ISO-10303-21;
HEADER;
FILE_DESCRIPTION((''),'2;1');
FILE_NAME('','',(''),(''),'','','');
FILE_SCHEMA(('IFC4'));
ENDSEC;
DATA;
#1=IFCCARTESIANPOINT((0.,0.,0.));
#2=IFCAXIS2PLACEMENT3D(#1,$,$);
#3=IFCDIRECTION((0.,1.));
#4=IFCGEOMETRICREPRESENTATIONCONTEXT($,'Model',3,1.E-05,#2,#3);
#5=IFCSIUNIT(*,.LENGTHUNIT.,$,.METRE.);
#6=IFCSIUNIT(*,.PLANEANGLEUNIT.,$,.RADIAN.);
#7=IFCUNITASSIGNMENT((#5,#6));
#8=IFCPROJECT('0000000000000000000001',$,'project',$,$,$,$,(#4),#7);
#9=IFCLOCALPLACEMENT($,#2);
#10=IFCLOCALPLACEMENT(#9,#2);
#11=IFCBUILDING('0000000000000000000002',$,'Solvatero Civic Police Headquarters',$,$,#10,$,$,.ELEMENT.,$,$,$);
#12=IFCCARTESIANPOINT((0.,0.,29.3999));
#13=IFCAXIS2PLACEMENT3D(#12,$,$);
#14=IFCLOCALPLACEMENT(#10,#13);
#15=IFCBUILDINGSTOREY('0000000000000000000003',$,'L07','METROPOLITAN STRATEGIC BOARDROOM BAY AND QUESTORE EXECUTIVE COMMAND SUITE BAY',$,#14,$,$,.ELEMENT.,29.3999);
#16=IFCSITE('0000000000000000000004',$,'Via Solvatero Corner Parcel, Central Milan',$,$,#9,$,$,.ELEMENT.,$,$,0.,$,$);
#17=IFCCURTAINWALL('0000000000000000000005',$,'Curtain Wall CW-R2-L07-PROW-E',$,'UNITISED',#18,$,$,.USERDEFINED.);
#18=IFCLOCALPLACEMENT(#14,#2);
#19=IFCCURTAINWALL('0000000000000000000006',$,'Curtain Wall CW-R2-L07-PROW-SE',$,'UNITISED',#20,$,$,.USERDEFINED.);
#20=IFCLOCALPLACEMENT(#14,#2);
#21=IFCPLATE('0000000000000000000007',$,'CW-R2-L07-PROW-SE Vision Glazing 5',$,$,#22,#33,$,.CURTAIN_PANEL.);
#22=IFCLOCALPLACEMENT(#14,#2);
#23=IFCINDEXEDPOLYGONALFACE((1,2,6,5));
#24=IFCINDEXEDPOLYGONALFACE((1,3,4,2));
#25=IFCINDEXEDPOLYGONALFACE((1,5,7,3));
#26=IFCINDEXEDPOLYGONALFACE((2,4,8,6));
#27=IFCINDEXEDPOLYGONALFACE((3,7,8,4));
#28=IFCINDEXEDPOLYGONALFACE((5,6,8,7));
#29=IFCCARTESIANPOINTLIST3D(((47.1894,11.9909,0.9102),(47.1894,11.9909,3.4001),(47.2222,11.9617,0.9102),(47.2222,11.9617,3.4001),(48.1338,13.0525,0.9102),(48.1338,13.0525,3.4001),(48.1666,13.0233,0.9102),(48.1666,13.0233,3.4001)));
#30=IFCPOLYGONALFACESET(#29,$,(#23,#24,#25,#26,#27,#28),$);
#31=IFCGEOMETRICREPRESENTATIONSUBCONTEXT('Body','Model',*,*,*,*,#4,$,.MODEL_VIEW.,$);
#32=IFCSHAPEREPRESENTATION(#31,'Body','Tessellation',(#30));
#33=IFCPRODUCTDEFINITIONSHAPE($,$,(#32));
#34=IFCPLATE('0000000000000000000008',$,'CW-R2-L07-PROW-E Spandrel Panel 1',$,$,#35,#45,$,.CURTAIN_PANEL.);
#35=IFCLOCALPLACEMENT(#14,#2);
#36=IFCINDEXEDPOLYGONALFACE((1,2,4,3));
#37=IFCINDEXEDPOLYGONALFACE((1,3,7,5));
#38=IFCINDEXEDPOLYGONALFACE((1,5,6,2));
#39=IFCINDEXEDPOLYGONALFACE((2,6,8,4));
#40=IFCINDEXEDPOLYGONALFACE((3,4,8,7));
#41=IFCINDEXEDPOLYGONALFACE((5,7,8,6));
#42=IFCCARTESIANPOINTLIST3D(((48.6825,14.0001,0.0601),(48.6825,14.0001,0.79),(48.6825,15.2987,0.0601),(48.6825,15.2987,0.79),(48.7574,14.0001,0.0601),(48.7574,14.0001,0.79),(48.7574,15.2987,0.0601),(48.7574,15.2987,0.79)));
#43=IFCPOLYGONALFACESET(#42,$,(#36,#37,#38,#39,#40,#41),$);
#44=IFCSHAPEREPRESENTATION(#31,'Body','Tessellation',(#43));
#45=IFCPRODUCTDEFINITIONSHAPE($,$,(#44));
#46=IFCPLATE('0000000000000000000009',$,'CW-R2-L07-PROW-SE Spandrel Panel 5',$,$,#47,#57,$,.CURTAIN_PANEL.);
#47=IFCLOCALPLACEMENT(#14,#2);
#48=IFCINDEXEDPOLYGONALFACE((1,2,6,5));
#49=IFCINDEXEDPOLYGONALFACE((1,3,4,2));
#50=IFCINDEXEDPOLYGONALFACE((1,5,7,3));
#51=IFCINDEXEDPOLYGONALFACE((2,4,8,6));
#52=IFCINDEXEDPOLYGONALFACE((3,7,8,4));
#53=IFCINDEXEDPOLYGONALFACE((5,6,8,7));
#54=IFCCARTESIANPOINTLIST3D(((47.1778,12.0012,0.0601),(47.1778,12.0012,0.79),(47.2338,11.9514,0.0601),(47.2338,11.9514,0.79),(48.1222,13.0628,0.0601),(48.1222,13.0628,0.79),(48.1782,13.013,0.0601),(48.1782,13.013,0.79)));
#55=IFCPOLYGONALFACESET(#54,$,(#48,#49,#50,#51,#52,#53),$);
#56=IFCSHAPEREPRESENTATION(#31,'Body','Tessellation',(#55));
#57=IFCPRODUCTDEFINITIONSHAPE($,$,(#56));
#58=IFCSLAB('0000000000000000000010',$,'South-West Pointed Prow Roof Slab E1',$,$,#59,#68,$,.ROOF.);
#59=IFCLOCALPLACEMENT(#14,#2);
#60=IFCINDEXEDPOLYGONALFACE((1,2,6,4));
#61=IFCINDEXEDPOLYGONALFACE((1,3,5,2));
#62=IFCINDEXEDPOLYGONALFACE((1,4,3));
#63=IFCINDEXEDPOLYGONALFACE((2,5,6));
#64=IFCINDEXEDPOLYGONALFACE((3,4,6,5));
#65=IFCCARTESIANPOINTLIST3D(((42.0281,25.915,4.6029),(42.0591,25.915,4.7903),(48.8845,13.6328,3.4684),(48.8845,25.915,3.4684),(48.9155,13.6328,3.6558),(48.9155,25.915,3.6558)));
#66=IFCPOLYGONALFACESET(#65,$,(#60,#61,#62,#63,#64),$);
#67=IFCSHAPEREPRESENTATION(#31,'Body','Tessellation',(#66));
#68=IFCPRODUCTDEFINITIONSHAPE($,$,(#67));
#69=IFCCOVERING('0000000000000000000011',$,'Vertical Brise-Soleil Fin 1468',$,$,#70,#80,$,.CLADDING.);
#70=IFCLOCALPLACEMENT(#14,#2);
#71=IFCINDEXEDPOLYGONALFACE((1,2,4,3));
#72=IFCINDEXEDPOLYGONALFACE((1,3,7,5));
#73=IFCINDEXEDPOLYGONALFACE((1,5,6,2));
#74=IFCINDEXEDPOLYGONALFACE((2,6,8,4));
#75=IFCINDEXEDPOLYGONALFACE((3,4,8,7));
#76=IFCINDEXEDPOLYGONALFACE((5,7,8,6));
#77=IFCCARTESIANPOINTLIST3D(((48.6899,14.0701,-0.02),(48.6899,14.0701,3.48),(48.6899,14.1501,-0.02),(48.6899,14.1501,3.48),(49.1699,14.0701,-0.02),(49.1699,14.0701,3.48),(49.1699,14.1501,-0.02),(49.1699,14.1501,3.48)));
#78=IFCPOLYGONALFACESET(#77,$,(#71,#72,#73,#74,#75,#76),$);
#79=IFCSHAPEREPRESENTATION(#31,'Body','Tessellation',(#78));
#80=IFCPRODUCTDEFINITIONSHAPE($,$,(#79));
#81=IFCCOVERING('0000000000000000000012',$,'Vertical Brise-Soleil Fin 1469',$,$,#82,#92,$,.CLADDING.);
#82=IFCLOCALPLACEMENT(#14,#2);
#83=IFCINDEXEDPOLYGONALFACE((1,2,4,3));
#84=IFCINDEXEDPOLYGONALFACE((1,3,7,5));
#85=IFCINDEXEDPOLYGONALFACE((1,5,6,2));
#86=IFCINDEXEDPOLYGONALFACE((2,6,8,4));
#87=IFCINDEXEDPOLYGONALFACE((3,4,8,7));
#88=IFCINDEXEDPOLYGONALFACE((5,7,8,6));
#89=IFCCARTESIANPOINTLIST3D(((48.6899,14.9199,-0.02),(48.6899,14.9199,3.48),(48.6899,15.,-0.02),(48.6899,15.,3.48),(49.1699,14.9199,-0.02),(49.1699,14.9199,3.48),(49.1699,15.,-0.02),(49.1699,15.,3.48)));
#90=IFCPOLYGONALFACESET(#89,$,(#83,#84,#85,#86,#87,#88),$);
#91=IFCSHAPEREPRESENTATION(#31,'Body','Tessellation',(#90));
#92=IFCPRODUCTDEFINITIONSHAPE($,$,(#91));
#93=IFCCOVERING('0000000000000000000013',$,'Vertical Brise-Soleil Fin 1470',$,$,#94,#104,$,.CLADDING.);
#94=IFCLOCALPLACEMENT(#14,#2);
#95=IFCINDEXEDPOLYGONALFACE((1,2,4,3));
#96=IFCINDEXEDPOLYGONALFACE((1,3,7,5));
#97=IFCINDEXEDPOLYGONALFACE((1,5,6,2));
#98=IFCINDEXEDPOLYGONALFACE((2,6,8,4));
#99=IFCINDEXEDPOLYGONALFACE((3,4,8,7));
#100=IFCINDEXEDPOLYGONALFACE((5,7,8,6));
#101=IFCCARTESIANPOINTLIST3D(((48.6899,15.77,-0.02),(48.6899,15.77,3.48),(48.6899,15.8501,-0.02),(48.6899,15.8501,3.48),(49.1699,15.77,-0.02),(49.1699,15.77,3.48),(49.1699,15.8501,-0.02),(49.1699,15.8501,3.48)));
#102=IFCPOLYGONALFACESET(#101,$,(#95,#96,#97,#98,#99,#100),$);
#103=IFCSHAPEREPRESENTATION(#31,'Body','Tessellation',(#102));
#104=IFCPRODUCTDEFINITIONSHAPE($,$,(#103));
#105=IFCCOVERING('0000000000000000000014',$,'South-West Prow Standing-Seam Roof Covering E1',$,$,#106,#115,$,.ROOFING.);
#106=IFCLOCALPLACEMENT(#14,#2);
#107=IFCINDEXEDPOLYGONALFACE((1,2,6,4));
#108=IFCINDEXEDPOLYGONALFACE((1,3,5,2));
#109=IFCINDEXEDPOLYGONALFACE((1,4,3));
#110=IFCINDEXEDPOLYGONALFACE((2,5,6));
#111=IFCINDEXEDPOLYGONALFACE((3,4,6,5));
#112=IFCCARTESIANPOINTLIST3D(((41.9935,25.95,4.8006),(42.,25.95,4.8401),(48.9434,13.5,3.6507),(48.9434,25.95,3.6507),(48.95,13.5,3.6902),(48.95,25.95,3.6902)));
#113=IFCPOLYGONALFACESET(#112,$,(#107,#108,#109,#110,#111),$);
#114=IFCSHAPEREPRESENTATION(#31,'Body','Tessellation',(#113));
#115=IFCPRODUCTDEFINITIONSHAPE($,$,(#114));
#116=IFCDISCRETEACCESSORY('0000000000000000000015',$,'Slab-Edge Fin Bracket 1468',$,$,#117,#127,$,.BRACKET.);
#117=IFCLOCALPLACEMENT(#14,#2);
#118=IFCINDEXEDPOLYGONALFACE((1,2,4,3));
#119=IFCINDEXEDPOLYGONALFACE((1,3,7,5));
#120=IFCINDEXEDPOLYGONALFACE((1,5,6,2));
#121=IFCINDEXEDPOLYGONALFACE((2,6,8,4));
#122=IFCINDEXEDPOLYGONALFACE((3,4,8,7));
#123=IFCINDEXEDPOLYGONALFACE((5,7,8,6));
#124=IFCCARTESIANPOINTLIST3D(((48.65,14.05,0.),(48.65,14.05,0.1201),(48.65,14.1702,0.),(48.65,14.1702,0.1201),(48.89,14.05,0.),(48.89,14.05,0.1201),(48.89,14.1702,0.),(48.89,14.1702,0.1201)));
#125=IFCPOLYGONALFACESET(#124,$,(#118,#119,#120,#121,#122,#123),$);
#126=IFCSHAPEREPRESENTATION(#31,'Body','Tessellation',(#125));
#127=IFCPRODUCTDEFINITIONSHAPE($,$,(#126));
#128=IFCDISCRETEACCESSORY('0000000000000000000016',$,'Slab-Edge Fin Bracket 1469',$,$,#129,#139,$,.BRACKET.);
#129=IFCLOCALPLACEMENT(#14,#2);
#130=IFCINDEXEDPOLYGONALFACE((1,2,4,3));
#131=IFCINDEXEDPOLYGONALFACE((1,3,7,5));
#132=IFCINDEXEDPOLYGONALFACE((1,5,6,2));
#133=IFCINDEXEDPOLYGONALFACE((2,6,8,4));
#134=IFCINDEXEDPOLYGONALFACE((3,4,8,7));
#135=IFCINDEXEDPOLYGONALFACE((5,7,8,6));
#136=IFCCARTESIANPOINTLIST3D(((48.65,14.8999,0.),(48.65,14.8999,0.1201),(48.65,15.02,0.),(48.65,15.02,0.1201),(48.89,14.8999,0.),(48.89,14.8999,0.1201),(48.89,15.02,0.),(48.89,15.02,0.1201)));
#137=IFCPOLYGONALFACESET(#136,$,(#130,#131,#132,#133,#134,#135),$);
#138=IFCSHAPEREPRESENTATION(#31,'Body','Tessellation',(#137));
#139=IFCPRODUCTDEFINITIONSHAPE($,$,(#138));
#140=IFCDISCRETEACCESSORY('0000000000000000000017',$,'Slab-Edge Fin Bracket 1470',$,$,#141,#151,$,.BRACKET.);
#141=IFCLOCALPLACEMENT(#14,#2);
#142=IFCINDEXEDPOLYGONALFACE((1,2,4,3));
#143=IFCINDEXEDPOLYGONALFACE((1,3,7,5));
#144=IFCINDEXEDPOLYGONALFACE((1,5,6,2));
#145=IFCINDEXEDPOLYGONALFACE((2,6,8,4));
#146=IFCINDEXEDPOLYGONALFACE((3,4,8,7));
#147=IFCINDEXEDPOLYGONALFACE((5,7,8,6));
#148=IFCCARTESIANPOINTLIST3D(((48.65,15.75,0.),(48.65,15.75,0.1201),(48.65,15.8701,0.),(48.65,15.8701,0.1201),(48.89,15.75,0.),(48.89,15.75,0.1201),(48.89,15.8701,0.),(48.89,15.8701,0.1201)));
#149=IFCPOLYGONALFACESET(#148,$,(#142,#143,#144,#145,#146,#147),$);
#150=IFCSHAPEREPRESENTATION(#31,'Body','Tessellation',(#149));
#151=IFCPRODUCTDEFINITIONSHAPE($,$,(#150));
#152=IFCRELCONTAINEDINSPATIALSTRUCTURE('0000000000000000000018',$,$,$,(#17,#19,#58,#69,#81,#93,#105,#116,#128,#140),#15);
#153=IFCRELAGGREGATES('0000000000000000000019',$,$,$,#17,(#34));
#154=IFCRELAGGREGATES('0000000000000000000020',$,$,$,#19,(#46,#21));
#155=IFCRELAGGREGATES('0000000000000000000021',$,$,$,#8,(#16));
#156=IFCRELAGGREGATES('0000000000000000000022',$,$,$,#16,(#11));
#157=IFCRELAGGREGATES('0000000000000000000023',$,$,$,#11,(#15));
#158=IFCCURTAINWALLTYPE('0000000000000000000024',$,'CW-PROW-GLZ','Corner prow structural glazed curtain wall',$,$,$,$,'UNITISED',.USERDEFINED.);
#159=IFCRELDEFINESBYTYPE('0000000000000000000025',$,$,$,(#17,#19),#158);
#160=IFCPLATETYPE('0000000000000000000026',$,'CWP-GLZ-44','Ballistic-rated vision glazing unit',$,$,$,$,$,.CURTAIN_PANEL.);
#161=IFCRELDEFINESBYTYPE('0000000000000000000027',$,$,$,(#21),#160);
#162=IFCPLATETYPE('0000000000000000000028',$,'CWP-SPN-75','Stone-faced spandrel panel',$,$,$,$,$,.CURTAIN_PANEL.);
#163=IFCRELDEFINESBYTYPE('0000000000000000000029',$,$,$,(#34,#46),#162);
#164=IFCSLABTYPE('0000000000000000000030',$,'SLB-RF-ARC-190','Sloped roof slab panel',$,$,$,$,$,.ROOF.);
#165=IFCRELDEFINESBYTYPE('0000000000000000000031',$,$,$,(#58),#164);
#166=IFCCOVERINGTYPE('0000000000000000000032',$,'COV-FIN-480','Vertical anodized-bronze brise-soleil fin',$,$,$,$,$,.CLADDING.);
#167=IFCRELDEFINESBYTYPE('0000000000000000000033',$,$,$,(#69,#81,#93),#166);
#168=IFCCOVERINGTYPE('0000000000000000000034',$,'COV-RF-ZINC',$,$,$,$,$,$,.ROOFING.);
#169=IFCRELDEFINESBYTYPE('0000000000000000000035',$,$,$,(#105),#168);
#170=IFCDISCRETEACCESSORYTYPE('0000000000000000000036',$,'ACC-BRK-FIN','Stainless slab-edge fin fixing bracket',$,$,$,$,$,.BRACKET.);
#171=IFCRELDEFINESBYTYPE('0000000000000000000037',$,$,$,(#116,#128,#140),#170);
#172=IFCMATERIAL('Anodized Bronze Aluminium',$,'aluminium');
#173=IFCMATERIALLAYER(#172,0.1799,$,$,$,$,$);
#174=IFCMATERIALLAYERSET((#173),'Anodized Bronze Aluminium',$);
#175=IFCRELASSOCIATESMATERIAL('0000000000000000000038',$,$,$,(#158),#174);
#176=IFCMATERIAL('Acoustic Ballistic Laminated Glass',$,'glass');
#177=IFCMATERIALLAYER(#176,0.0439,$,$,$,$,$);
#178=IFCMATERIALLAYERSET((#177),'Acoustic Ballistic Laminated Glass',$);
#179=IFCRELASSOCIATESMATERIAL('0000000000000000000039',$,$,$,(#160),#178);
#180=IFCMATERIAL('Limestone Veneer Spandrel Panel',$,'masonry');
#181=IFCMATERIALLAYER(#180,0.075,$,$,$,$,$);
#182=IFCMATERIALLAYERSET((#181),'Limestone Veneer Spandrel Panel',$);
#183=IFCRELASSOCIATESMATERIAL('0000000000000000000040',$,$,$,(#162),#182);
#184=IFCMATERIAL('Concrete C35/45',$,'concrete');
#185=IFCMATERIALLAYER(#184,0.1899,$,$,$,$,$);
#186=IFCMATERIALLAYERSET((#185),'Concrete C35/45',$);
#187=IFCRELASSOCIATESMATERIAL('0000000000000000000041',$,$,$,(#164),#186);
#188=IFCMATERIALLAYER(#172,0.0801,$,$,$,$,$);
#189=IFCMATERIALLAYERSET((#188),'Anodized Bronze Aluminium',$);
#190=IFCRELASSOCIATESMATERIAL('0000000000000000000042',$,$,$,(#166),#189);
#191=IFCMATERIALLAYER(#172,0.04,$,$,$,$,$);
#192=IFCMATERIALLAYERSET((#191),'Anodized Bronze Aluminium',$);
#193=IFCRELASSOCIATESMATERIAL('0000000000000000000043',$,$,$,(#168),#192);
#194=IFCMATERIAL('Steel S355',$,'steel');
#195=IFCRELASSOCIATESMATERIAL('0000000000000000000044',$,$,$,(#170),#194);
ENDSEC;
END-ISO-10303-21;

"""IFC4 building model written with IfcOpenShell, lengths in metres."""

from ifc_helpers import new_model, si_unit, direction, frame, origin, origin_2d, place, context, subcontext, project, spatial, polyline, rectangle, outline, extrude, material, layer, layer_set, type_object, element, aggregate, save


model = new_model("IFC4")

# Units and contexts
model_context = context("Model", 3, precision=1e-05, world=origin(), true_north=direction((0.0, 1.0)))
body_context = subcontext(model_context, "Body", "Model", "MODEL_VIEW")
ifc_project = project(units=[si_unit("LENGTHUNIT", "METRE"), si_unit("PLANEANGLEUNIT", "RADIAN")], contexts=[model_context])

# Site, building, storey
site_placement = place(None, origin())
site = spatial("IfcSite", under=ifc_project, at=site_placement, Name="Via Solvatero Corner Parcel, Central Milan", CompositionType="ELEMENT", RefElevation=0.0)
building_placement = place(site_placement, origin())
building = spatial("IfcBuilding", under=site, at=building_placement, Name="Solvatero Civic Police Headquarters", CompositionType="ELEMENT")
storey_placement = place(building_placement, frame((0.0, 0.0, 29.3999)))
storey = spatial("IfcBuildingStorey", under=building, at=storey_placement, Name="L07", Description="METROPOLITAN STRATEGIC BOARDROOM BAY AND QUESTORE EXECUTIVE COMMAND SUITE BAY", CompositionType="ELEMENT", Elevation=29.3999)

# Shared definitions
ifc_material_1 = material(Name="Steel S355", Category="steel")

# Curtain wall
ifc_material_2 = material(Name="Anodized Bronze Aluminium", Category="aluminium")
ifc_layer_1 = layer(ifc_material_2, 0.1799)
ifc_layer_set_1 = layer_set([ifc_layer_1], Name="Anodized Bronze Aluminium")
curtain_wall_type = type_object("IfcCurtainWallType", Name="CW-PROW-GLZ", Description="Corner prow structural glazed curtain wall", ElementType="UNITISED", PredefinedType="USERDEFINED", material=ifc_layer_set_1)
curtain_wall_1_placement = place(storey_placement, origin())
curtain_wall_1 = element("IfcCurtainWall", 1, at=curtain_wall_1_placement, inside=storey, type_object=curtain_wall_type, Name="Curtain Wall CW-R2-L07-PROW-E", ObjectType="UNITISED", PredefinedType="USERDEFINED")

# Curtain wall
curtain_wall_2_placement = place(storey_placement, origin())
curtain_wall_2 = element("IfcCurtainWall", 2, at=curtain_wall_2_placement, inside=storey, type_object=curtain_wall_type, Name="Curtain Wall CW-R2-L07-PROW-SE", ObjectType="UNITISED", PredefinedType="USERDEFINED")

# Plates
ifc_material_3 = material(Name="Acoustic Ballistic Laminated Glass", Category="glass")
ifc_layer_2 = layer(ifc_material_3, 0.0439)
ifc_layer_set_2 = layer_set([ifc_layer_2], Name="Acoustic Ballistic Laminated Glass")
plate_type_1 = type_object("IfcPlateType", Name="CWP-GLZ-44", Description="Ballistic-rated vision glazing unit", PredefinedType="CURTAIN_PANEL", material=ifc_layer_set_2)
plate_1_placement = place(storey_placement, frame((47.678, 12.5071, 0.9102), z_axis=(0.0, 0.0, 1.0), x_axis=(0.664657, 0.747149, 0.0)))
plate_1 = element("IfcPlate", 3, at=plate_1_placement, type_object=plate_type_1, Name="CW-R2-L07-PROW-SE Vision Glazing 5", PredefinedType="CURTAIN_PANEL", context=body_context, shape_type="SweptSolid", body=[
    extrude(rectangle(XDim=1.4209, YDim=0.0439, at=origin_2d()), origin(), (0.0, 0.0, 1.0), 2.49),
])
ifc_material_4 = material(Name="Limestone Veneer Spandrel Panel", Category="masonry")
ifc_layer_3 = layer(ifc_material_4, 0.075)
ifc_layer_set_3 = layer_set([ifc_layer_3], Name="Limestone Veneer Spandrel Panel")
plate_type_2 = type_object("IfcPlateType", Name="CWP-SPN-75", Description="Stone-faced spandrel panel", PredefinedType="CURTAIN_PANEL", material=ifc_layer_set_3)
plate_2_placement = place(storey_placement, frame((48.72, 14.6494, 0.0601), z_axis=(0.0, 0.0, 1.0), x_axis=(0.0, 1.0, 0.0)))
plate_2 = element("IfcPlate", 4, at=plate_2_placement, type_object=plate_type_2, Name="CW-R2-L07-PROW-E Spandrel Panel 1", PredefinedType="CURTAIN_PANEL", context=body_context, shape_type="SweptSolid", body=[
    extrude(rectangle(XDim=1.2986, YDim=0.075, at=origin_2d()), origin(), (0.0, 0.0, 1.0), 0.73),
])
aggregate(curtain_wall_1, [plate_2])
plate_3_placement = place(storey_placement, frame((47.678, 12.5071, 0.0601), z_axis=(0.0, 0.0, 1.0), x_axis=(0.664657, 0.747149, 0.0)))
plate_3 = element("IfcPlate", 5, at=plate_3_placement, type_object=plate_type_2, Name="CW-R2-L07-PROW-SE Spandrel Panel 5", PredefinedType="CURTAIN_PANEL", context=body_context, shape_type="SweptSolid", body=[
    extrude(rectangle(XDim=1.4209, YDim=0.075, at=origin_2d()), origin(), (0.0, 0.0, 1.0), 0.73),
])
aggregate(curtain_wall_2, [plate_3, plate_1])

# Slab
ifc_material_5 = material(Name="Concrete C35/45", Category="concrete")
ifc_layer_4 = layer(ifc_material_5, 0.1899)
ifc_layer_set_4 = layer_set([ifc_layer_4], Name="Concrete C35/45")
slab_type = type_object("IfcSlabType", Name="SLB-RF-ARC-190", Description="Sloped roof slab panel", PredefinedType="ROOF", material=ifc_layer_set_4)
slab_placement = place(storey_placement, frame((48.9155, 13.6328, 3.6558), z_axis=(0.163248, 0.0, 0.986585), x_axis=(-0.485856, 0.870334, 0.080394)))
element("IfcSlab", 6, at=slab_placement, inside=storey, type_object=slab_type, Name="South-West Pointed Prow Roof Slab E1", PredefinedType="ROOF", context=body_context, shape_type="SweptSolid", body=[
    extrude(outline(polyline([(0.0, 0.0), (14.1121, 0.0), (10.6896, -6.0485), (0.0, 0.0)])), origin(), (0.0, 0.0, -1.0), 0.1899),
])

# Coverings
ifc_layer_5 = layer(ifc_material_2, 0.0801)
ifc_layer_set_5 = layer_set([ifc_layer_5], Name="Anodized Bronze Aluminium")
covering_type_1 = type_object("IfcCoveringType", Name="COV-FIN-480", Description="Vertical anodized-bronze brise-soleil fin", PredefinedType="CLADDING", material=ifc_layer_set_5)
for number, where, z_axis, x_axis, name in (
    (7, (48.9299, 14.1101, -0.02), (0.0, 0.0, 1.0), (0.0, 1.0, 0.0), "Vertical Brise-Soleil Fin 1468"),
    (8, (48.9299, 14.96, -0.02), (0.0, 0.0, 1.0), (0.0, 1.0, 0.0), "Vertical Brise-Soleil Fin 1469"),
    (9, (48.9299, 15.8101, -0.02), (0.0, 0.0, 1.0), (0.0, 1.0, 0.0), "Vertical Brise-Soleil Fin 1470"),
):
    element("IfcCovering", number, at=place(storey_placement, frame(where, z_axis=z_axis, x_axis=x_axis)), inside=storey, type_object=covering_type_1, Name=name, PredefinedType="CLADDING", context=body_context, shape_type="SweptSolid", body=[
        extrude(rectangle(XDim=0.0801, YDim=0.48, at=origin_2d()), origin(), (0.0, 0.0, 1.0), 3.5),
    ])
ifc_layer_6 = layer(ifc_material_2, 0.04)
ifc_layer_set_6 = layer_set([ifc_layer_6], Name="Anodized Bronze Aluminium")
covering_type_2 = type_object("IfcCoveringType", Name="COV-RF-ZINC", PredefinedType="ROOFING", material=ifc_layer_set_6)
covering_placement = place(storey_placement, frame((48.95, 13.5, 3.6902), z_axis=(0.163236, 0.0, 0.986587), x_axis=(0.0, 1.0, 0.0)))
element("IfcCovering", 10, at=covering_placement, inside=storey, type_object=covering_type_2, Name="South-West Prow Standing-Seam Roof Covering E1", PredefinedType="ROOFING", context=body_context, shape_type="SweptSolid", body=[
    extrude(outline(polyline([(0.0, 0.0), (12.45, 0.0), (12.45, 7.0444), (0.0, 0.0)])), origin(), (0.0, 0.0, -1.0), 0.04),
])

# Discrete accessories
discrete_accessory_type = type_object("IfcDiscreteAccessoryType", Name="ACC-BRK-FIN", Description="Stainless slab-edge fin fixing bracket", PredefinedType="BRACKET", material=ifc_material_1)
for number, where, z_axis, x_axis, name in (
    (11, (48.77, 14.1101, 0.0), (0.0, 0.0, 1.0), (0.0, 1.0, 0.0), "Slab-Edge Fin Bracket 1468"),
    (12, (48.77, 14.96, 0.0), (0.0, 0.0, 1.0), (0.0, 1.0, 0.0), "Slab-Edge Fin Bracket 1469"),
    (13, (48.77, 15.8101, 0.0), (0.0, 0.0, 1.0), (0.0, 1.0, 0.0), "Slab-Edge Fin Bracket 1470"),
):
    element("IfcDiscreteAccessory", number, at=place(storey_placement, frame(where, z_axis=z_axis, x_axis=x_axis)), inside=storey, type_object=discrete_accessory_type, Name=name, PredefinedType="BRACKET", context=body_context, shape_type="SweptSolid", body=[
        extrude(rectangle(XDim=0.1201, YDim=0.24, at=origin_2d()), origin(), (0.0, 0.0, 1.0), 0.1201),
    ])

save(model, "model.ifc")
